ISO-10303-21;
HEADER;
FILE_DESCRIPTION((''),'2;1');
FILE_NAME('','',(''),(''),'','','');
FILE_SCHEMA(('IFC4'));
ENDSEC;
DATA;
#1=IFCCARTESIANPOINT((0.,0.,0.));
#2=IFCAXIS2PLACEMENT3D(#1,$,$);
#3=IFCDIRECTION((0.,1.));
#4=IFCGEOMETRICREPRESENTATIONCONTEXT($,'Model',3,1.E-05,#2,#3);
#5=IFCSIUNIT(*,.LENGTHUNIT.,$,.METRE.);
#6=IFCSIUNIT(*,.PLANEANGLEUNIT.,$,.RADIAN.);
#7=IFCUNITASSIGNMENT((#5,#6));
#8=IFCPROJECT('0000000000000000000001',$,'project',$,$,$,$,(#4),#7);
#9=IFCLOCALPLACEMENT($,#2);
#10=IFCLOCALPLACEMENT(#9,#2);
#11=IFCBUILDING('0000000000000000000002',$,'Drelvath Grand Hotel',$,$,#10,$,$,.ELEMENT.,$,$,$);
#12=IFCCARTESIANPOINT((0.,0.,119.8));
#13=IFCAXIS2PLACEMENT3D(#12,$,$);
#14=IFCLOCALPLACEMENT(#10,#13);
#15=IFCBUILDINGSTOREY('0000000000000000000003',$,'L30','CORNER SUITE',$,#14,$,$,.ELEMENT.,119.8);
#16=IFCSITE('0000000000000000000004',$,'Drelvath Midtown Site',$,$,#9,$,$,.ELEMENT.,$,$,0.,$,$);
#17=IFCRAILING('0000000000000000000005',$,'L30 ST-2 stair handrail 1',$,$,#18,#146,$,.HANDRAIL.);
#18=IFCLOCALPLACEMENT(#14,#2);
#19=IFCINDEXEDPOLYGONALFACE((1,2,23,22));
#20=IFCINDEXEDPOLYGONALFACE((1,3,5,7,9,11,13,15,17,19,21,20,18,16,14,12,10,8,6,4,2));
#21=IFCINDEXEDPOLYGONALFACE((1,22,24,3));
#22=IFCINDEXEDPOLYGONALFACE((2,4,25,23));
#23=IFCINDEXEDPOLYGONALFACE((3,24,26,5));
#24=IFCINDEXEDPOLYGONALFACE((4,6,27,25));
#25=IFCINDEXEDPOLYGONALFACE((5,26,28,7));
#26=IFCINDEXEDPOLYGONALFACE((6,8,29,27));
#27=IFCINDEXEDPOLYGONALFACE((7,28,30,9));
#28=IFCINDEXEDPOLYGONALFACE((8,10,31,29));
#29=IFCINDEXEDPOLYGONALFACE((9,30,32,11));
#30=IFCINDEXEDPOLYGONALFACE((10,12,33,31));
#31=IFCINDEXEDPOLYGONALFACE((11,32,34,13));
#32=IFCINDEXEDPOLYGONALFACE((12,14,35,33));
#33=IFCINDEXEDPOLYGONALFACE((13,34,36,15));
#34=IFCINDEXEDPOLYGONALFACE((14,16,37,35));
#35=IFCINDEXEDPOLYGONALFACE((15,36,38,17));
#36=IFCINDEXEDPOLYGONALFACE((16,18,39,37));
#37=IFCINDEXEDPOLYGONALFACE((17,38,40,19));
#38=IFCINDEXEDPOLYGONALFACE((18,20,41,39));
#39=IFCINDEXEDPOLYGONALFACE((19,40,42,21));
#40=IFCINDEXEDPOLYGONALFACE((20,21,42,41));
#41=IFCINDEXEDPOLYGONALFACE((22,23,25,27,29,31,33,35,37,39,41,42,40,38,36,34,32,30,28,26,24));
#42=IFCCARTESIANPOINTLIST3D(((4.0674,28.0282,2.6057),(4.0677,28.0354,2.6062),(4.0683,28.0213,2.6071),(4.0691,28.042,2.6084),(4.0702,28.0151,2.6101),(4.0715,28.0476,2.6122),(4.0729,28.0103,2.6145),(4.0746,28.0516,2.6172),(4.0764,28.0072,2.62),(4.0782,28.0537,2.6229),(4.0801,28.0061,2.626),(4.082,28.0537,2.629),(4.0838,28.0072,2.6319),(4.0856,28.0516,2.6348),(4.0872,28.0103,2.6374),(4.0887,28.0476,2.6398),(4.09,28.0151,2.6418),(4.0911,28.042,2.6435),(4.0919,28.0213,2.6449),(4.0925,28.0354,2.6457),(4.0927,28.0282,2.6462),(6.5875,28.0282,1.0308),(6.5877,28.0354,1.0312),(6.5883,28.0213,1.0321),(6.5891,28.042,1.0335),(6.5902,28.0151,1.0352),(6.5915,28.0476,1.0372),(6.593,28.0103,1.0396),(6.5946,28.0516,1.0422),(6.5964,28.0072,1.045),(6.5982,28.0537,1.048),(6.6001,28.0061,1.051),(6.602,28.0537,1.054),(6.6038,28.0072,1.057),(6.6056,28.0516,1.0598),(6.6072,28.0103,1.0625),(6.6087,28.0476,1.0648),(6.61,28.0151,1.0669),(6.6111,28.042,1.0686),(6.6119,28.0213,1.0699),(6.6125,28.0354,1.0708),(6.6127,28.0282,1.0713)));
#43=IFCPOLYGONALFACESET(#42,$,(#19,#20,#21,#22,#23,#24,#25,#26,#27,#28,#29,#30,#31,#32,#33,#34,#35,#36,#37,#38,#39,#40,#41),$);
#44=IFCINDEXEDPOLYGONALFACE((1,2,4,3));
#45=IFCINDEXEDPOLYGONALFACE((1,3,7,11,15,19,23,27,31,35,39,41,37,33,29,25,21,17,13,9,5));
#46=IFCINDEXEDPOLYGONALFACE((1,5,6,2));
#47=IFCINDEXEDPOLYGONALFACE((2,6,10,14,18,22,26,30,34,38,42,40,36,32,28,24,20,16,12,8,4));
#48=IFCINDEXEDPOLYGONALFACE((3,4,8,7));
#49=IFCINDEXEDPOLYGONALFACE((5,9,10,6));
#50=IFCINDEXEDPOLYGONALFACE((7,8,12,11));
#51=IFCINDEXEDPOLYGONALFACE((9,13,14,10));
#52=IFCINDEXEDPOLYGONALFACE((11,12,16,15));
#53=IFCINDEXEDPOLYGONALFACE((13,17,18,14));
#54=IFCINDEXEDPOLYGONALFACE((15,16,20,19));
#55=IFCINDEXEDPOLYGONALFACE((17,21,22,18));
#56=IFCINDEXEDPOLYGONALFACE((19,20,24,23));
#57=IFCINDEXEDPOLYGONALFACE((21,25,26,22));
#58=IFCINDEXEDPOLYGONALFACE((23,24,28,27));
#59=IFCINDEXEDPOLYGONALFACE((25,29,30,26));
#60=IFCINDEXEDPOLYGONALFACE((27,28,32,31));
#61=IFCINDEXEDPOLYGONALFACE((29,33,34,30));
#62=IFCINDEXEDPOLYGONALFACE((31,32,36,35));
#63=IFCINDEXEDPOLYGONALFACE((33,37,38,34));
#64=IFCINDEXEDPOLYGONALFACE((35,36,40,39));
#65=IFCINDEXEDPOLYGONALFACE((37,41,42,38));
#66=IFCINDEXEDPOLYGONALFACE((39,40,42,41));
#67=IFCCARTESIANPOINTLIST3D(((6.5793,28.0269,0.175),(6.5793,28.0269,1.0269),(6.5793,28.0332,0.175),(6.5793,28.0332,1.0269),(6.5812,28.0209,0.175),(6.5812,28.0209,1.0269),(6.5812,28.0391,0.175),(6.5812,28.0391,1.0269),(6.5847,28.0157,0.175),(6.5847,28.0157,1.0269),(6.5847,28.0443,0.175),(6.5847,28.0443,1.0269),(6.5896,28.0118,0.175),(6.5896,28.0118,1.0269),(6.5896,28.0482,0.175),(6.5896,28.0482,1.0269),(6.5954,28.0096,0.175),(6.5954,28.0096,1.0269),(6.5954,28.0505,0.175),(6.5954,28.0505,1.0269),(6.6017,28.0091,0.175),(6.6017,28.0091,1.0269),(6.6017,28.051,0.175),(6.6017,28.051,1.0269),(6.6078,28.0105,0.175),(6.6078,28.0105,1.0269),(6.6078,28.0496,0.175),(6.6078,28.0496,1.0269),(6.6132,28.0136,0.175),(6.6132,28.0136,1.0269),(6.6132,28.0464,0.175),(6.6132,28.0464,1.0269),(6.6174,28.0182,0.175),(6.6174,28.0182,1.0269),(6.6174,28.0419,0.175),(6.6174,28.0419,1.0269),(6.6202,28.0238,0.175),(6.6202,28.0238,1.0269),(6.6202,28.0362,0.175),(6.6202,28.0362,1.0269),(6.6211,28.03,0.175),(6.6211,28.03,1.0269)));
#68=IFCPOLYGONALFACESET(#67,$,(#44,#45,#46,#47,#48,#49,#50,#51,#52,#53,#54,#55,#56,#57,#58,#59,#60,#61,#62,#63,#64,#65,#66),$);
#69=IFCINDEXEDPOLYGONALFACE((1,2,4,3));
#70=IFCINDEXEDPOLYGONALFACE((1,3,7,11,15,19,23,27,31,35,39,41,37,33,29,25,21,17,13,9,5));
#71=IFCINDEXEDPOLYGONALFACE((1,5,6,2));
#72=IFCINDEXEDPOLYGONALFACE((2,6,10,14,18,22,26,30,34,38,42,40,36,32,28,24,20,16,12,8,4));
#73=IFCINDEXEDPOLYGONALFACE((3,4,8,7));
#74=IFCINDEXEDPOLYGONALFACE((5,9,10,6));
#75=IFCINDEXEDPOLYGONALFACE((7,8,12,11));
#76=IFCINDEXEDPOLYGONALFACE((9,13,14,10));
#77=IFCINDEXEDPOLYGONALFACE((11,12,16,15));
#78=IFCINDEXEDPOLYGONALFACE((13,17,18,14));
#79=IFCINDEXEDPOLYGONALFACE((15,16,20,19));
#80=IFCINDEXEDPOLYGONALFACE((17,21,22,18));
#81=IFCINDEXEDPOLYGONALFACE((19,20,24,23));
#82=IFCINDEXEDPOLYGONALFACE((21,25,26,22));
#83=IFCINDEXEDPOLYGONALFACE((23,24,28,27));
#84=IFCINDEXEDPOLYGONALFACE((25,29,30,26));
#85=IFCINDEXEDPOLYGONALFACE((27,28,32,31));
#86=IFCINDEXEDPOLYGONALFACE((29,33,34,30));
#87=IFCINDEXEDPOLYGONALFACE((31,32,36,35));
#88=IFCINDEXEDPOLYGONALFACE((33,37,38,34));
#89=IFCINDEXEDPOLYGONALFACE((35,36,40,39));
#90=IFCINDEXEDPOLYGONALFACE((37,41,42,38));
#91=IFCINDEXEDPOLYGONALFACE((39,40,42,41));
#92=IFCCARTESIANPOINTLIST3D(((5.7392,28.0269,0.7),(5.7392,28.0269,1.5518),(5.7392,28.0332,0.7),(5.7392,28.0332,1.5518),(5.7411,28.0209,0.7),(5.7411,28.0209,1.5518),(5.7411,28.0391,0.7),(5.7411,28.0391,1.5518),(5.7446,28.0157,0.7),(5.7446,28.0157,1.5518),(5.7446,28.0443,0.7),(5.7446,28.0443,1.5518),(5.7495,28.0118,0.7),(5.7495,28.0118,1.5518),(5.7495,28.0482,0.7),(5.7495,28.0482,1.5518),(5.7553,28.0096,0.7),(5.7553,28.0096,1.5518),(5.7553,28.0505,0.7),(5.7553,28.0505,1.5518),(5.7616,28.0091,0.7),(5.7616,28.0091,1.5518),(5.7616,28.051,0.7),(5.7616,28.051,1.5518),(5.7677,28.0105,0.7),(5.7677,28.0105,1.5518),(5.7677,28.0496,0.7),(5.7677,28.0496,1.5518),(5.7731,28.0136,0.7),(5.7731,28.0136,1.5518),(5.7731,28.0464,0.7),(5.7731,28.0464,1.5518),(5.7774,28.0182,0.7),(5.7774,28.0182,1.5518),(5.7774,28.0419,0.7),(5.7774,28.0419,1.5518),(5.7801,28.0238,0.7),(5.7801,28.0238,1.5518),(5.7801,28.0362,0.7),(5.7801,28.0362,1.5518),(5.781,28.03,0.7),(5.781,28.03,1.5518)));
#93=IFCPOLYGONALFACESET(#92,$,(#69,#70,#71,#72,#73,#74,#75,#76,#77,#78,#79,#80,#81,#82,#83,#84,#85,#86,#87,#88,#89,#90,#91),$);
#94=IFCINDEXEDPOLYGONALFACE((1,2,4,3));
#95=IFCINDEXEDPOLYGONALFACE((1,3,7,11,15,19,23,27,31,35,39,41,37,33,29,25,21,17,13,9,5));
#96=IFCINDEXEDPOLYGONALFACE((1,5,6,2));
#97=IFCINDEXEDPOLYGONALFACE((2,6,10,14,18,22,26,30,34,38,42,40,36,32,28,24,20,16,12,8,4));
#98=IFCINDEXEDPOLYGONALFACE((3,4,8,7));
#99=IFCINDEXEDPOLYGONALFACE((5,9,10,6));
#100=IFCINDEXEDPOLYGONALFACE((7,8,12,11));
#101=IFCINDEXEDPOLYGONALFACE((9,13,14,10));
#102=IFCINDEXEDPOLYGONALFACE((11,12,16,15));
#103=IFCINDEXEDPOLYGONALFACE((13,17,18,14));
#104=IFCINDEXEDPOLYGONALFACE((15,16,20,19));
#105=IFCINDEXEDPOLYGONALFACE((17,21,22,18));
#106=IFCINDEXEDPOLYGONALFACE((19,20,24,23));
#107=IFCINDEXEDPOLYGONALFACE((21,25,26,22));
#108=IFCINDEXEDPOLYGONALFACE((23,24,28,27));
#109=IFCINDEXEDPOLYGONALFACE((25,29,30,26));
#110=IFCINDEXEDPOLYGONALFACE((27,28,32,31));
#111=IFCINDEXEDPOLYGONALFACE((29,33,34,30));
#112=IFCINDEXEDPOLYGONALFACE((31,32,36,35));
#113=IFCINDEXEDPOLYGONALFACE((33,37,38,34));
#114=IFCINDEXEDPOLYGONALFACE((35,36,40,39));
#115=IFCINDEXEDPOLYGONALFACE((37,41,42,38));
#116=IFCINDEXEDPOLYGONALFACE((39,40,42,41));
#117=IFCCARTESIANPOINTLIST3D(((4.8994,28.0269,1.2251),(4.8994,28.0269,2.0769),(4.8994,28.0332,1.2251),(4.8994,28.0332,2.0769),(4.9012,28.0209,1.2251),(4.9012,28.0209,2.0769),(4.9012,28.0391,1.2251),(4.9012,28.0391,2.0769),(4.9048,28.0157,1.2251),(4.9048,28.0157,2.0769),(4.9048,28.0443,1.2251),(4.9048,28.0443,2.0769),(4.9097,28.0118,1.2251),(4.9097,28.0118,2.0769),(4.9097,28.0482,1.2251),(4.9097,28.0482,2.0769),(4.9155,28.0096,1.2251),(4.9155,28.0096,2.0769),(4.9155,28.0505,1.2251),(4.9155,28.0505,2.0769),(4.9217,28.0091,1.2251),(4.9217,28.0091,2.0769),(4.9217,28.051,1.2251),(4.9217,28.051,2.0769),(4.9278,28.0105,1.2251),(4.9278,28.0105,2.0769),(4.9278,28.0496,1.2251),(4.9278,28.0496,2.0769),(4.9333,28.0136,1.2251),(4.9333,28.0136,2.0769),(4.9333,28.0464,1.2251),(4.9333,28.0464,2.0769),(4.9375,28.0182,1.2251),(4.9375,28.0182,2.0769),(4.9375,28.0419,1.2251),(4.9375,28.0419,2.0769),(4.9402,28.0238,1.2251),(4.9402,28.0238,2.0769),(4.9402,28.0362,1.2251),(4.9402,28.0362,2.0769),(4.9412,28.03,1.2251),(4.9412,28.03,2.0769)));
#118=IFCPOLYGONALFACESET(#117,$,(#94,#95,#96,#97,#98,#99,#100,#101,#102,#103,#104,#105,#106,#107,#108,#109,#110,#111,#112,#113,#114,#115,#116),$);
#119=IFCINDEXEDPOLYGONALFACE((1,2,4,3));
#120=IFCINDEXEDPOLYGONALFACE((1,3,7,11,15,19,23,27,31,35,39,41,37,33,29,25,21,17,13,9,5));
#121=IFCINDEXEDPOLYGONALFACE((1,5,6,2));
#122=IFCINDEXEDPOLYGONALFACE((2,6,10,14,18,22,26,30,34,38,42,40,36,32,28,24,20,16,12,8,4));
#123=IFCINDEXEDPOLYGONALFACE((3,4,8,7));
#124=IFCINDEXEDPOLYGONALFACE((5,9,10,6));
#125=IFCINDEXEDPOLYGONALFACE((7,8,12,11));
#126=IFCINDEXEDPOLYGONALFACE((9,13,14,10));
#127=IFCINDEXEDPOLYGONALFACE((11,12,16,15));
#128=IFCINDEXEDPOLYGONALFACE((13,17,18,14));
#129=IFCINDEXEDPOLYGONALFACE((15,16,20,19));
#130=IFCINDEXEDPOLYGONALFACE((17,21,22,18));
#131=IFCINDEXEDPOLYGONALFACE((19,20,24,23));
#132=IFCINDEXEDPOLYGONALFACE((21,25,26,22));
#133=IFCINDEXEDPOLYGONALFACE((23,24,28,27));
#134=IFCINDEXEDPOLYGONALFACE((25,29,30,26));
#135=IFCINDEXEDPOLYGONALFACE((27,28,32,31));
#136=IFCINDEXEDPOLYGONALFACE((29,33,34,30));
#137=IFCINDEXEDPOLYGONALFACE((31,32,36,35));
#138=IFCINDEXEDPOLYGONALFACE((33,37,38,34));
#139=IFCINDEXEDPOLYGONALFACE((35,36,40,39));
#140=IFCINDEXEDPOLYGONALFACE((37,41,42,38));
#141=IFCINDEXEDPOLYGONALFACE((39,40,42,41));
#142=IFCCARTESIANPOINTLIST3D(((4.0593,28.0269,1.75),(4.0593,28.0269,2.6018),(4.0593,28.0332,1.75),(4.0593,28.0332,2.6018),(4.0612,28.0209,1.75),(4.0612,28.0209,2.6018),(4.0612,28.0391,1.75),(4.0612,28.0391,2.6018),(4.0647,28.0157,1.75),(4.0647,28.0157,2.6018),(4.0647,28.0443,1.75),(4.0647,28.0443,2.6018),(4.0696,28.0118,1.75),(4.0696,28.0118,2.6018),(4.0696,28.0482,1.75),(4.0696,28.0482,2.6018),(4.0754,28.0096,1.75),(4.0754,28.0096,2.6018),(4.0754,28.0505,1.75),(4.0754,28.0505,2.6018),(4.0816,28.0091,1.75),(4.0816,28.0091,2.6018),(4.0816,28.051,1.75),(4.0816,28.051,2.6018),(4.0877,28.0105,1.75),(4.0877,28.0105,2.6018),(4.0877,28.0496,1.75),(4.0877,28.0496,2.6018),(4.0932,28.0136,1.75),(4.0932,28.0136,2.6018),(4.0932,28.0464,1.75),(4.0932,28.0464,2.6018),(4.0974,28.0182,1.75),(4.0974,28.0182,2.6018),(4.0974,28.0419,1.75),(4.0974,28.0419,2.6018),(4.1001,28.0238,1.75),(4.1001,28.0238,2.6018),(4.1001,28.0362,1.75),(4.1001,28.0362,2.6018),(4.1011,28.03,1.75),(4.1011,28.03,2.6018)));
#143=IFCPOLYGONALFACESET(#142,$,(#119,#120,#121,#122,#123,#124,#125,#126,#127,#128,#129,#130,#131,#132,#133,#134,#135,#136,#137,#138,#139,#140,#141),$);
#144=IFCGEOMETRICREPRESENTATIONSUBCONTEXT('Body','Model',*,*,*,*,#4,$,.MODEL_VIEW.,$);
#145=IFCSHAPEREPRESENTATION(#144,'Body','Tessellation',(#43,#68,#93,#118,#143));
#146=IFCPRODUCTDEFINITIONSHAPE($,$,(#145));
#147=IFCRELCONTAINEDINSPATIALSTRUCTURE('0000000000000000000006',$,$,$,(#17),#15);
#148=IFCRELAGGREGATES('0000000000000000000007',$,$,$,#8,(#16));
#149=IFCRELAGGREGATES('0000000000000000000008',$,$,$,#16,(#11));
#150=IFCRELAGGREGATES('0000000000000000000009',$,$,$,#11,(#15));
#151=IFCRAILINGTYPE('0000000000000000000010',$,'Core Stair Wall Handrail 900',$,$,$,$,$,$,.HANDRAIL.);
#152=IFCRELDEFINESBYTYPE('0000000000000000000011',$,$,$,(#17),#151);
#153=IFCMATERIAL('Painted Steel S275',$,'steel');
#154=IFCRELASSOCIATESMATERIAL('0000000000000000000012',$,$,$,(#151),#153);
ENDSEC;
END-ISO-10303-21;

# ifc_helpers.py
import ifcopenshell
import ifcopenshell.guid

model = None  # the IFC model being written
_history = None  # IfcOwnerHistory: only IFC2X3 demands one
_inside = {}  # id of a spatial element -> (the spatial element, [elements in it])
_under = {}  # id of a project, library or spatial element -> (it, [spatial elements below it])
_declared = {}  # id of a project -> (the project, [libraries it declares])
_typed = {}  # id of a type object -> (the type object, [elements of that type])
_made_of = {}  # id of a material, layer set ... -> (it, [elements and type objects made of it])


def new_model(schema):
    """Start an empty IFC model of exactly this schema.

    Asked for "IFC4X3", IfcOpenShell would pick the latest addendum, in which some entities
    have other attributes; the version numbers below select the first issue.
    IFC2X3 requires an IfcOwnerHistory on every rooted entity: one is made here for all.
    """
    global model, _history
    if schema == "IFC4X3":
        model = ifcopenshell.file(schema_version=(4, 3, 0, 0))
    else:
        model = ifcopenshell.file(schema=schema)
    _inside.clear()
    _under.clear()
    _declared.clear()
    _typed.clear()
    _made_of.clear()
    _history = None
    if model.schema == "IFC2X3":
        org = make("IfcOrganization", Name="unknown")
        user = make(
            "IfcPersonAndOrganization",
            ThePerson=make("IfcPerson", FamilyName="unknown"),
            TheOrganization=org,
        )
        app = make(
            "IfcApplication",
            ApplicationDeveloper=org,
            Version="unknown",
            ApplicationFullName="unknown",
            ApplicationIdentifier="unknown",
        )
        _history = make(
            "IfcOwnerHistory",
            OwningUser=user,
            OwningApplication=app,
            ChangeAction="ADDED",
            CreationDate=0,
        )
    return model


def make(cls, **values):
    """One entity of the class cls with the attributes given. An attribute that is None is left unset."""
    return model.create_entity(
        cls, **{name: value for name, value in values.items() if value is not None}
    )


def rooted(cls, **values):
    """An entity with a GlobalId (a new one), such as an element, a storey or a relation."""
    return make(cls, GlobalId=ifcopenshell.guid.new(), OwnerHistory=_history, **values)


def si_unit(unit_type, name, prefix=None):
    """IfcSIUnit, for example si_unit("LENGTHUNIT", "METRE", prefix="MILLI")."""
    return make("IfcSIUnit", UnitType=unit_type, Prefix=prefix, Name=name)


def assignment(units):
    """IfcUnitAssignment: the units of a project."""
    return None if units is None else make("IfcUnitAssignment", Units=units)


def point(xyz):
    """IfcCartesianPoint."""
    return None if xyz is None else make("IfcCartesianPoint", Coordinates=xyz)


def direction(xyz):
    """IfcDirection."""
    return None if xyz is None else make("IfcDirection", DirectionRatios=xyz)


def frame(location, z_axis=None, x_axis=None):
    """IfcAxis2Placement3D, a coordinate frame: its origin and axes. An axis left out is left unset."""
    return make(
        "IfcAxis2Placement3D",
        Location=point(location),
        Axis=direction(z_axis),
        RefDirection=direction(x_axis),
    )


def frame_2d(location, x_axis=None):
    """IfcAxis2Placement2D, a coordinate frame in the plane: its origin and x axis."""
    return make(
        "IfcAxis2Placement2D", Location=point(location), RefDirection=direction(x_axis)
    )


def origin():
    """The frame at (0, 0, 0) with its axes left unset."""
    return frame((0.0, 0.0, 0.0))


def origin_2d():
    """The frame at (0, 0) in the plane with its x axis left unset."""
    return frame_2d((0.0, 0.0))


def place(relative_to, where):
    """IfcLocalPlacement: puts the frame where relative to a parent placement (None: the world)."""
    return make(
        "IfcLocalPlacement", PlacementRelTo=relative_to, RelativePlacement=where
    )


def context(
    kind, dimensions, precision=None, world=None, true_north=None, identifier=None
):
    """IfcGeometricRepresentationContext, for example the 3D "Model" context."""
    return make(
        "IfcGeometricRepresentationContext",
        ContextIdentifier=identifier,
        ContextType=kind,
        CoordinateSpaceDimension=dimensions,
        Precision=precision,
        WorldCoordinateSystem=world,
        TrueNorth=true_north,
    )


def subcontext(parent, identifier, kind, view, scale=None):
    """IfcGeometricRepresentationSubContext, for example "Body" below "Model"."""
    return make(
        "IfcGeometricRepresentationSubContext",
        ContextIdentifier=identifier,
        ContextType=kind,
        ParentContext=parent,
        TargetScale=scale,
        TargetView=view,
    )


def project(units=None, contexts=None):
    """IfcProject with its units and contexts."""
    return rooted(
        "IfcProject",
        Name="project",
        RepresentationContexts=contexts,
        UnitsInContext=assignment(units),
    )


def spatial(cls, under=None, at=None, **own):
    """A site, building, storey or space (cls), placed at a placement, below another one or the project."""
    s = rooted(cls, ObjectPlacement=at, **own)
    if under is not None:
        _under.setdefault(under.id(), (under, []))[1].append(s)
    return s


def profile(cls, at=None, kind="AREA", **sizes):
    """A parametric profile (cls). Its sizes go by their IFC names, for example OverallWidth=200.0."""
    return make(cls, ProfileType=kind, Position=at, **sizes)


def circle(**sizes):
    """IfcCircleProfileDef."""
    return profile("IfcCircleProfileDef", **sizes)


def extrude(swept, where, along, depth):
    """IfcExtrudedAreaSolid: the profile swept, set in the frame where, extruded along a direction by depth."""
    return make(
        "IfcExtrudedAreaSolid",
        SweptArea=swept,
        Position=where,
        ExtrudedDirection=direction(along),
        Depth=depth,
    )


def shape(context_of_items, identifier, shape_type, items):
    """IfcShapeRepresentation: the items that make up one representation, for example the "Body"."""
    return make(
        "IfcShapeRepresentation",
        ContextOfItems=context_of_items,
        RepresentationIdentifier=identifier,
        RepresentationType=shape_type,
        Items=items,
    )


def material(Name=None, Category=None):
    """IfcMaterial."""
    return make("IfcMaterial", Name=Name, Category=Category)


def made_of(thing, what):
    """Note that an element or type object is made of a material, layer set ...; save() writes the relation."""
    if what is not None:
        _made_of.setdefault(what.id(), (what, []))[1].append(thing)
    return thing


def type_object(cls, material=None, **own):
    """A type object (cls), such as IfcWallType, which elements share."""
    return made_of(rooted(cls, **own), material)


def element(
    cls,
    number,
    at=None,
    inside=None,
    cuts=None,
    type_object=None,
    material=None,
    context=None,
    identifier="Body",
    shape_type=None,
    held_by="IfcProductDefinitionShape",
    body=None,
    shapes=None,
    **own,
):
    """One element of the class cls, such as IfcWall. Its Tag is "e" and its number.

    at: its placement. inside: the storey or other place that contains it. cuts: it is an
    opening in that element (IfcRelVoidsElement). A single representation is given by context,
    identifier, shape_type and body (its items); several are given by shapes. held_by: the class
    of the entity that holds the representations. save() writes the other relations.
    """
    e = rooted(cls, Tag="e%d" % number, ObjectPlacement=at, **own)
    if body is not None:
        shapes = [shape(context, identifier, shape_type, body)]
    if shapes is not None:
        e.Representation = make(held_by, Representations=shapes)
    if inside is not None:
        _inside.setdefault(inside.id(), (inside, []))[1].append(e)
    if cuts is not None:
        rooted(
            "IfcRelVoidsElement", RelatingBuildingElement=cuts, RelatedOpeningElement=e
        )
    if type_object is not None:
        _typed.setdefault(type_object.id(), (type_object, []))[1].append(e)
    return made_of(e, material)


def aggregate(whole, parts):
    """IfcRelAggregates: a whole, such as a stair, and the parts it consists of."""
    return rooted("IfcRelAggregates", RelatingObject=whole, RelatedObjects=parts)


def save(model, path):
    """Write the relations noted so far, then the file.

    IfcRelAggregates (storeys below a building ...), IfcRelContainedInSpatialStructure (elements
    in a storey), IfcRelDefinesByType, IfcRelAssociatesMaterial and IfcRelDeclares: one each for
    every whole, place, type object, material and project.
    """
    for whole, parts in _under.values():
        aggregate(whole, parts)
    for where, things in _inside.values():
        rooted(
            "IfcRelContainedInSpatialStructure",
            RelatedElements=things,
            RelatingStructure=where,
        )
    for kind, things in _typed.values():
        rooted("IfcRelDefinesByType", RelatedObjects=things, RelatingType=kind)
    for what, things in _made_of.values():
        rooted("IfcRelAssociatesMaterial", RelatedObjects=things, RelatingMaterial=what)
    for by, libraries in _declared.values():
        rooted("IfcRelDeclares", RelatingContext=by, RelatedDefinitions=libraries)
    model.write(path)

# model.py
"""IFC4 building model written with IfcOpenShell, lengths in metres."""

from ifc_helpers import new_model, si_unit, direction, frame, origin, origin_2d, place, context, subcontext, project, spatial, circle, extrude, material, type_object, element, save


model = new_model("IFC4")

# Units and contexts
model_context = context("Model", 3, precision=1e-05, world=origin(), true_north=direction((0.0, 1.0)))
body_context = subcontext(model_context, "Body", "Model", "MODEL_VIEW")
ifc_project = project(units=[si_unit("LENGTHUNIT", "METRE"), si_unit("PLANEANGLEUNIT", "RADIAN")], contexts=[model_context])

# Site, building, storey
site_placement = place(None, origin())
site = spatial("IfcSite", under=ifc_project, at=site_placement, Name="Drelvath Midtown Site", CompositionType="ELEMENT", RefElevation=0.0)
building_placement = place(site_placement, origin())
building = spatial("IfcBuilding", under=site, at=building_placement, Name="Drelvath Grand Hotel", CompositionType="ELEMENT")
storey_placement = place(building_placement, frame((0.0, 0.0, 119.8)))
storey = spatial("IfcBuildingStorey", under=building, at=storey_placement, Name="L30", Description="CORNER SUITE", CompositionType="ELEMENT", Elevation=119.8)

# Shared definitions
ifc_material_1 = material(Name="Painted Steel S275", Category="steel")

# Railing
railing_type_1 = type_object("IfcRailingType", Name="Core Stair Wall Handrail 900", PredefinedType="HANDRAIL", material=ifc_material_1)
railing_1_placement = place(storey_placement, frame((6.6001, 28.03, 0.175)))
element("IfcRailing", 1, at=railing_1_placement, inside=storey, type_object=railing_type_1, Name="L30 ST-2 stair handrail 1", PredefinedType="HANDRAIL", context=body_context, shape_type="SweptSolid", body=[
    extrude(circle(Radius=0.0239, at=origin_2d()), frame((0.0, 0.0, 0.876), z_axis=(-0.848008, 0.0, 0.529984), x_axis=(0.0, -1.0, 0.0)), (0.0, 0.0, 1.0), 2.9717),
    extrude(circle(Radius=0.021, at=origin_2d()), origin(), (0.0, 0.0, 1.0), 0.8518),
    extrude(circle(Radius=0.021, at=origin_2d()), frame((-0.8401, 0.0, 0.5249)), (0.0, 0.0, 1.0), 0.8518),
    extrude(circle(Radius=0.021, at=origin_2d()), frame((-1.6799, 0.0, 1.05)), (0.0, 0.0, 1.0), 0.8518),
    extrude(circle(Radius=0.021, at=origin_2d()), frame((-2.52, 0.0, 1.575)), (0.0, 0.0, 1.0), 0.8518),
])

save(model, "model.ifc")
